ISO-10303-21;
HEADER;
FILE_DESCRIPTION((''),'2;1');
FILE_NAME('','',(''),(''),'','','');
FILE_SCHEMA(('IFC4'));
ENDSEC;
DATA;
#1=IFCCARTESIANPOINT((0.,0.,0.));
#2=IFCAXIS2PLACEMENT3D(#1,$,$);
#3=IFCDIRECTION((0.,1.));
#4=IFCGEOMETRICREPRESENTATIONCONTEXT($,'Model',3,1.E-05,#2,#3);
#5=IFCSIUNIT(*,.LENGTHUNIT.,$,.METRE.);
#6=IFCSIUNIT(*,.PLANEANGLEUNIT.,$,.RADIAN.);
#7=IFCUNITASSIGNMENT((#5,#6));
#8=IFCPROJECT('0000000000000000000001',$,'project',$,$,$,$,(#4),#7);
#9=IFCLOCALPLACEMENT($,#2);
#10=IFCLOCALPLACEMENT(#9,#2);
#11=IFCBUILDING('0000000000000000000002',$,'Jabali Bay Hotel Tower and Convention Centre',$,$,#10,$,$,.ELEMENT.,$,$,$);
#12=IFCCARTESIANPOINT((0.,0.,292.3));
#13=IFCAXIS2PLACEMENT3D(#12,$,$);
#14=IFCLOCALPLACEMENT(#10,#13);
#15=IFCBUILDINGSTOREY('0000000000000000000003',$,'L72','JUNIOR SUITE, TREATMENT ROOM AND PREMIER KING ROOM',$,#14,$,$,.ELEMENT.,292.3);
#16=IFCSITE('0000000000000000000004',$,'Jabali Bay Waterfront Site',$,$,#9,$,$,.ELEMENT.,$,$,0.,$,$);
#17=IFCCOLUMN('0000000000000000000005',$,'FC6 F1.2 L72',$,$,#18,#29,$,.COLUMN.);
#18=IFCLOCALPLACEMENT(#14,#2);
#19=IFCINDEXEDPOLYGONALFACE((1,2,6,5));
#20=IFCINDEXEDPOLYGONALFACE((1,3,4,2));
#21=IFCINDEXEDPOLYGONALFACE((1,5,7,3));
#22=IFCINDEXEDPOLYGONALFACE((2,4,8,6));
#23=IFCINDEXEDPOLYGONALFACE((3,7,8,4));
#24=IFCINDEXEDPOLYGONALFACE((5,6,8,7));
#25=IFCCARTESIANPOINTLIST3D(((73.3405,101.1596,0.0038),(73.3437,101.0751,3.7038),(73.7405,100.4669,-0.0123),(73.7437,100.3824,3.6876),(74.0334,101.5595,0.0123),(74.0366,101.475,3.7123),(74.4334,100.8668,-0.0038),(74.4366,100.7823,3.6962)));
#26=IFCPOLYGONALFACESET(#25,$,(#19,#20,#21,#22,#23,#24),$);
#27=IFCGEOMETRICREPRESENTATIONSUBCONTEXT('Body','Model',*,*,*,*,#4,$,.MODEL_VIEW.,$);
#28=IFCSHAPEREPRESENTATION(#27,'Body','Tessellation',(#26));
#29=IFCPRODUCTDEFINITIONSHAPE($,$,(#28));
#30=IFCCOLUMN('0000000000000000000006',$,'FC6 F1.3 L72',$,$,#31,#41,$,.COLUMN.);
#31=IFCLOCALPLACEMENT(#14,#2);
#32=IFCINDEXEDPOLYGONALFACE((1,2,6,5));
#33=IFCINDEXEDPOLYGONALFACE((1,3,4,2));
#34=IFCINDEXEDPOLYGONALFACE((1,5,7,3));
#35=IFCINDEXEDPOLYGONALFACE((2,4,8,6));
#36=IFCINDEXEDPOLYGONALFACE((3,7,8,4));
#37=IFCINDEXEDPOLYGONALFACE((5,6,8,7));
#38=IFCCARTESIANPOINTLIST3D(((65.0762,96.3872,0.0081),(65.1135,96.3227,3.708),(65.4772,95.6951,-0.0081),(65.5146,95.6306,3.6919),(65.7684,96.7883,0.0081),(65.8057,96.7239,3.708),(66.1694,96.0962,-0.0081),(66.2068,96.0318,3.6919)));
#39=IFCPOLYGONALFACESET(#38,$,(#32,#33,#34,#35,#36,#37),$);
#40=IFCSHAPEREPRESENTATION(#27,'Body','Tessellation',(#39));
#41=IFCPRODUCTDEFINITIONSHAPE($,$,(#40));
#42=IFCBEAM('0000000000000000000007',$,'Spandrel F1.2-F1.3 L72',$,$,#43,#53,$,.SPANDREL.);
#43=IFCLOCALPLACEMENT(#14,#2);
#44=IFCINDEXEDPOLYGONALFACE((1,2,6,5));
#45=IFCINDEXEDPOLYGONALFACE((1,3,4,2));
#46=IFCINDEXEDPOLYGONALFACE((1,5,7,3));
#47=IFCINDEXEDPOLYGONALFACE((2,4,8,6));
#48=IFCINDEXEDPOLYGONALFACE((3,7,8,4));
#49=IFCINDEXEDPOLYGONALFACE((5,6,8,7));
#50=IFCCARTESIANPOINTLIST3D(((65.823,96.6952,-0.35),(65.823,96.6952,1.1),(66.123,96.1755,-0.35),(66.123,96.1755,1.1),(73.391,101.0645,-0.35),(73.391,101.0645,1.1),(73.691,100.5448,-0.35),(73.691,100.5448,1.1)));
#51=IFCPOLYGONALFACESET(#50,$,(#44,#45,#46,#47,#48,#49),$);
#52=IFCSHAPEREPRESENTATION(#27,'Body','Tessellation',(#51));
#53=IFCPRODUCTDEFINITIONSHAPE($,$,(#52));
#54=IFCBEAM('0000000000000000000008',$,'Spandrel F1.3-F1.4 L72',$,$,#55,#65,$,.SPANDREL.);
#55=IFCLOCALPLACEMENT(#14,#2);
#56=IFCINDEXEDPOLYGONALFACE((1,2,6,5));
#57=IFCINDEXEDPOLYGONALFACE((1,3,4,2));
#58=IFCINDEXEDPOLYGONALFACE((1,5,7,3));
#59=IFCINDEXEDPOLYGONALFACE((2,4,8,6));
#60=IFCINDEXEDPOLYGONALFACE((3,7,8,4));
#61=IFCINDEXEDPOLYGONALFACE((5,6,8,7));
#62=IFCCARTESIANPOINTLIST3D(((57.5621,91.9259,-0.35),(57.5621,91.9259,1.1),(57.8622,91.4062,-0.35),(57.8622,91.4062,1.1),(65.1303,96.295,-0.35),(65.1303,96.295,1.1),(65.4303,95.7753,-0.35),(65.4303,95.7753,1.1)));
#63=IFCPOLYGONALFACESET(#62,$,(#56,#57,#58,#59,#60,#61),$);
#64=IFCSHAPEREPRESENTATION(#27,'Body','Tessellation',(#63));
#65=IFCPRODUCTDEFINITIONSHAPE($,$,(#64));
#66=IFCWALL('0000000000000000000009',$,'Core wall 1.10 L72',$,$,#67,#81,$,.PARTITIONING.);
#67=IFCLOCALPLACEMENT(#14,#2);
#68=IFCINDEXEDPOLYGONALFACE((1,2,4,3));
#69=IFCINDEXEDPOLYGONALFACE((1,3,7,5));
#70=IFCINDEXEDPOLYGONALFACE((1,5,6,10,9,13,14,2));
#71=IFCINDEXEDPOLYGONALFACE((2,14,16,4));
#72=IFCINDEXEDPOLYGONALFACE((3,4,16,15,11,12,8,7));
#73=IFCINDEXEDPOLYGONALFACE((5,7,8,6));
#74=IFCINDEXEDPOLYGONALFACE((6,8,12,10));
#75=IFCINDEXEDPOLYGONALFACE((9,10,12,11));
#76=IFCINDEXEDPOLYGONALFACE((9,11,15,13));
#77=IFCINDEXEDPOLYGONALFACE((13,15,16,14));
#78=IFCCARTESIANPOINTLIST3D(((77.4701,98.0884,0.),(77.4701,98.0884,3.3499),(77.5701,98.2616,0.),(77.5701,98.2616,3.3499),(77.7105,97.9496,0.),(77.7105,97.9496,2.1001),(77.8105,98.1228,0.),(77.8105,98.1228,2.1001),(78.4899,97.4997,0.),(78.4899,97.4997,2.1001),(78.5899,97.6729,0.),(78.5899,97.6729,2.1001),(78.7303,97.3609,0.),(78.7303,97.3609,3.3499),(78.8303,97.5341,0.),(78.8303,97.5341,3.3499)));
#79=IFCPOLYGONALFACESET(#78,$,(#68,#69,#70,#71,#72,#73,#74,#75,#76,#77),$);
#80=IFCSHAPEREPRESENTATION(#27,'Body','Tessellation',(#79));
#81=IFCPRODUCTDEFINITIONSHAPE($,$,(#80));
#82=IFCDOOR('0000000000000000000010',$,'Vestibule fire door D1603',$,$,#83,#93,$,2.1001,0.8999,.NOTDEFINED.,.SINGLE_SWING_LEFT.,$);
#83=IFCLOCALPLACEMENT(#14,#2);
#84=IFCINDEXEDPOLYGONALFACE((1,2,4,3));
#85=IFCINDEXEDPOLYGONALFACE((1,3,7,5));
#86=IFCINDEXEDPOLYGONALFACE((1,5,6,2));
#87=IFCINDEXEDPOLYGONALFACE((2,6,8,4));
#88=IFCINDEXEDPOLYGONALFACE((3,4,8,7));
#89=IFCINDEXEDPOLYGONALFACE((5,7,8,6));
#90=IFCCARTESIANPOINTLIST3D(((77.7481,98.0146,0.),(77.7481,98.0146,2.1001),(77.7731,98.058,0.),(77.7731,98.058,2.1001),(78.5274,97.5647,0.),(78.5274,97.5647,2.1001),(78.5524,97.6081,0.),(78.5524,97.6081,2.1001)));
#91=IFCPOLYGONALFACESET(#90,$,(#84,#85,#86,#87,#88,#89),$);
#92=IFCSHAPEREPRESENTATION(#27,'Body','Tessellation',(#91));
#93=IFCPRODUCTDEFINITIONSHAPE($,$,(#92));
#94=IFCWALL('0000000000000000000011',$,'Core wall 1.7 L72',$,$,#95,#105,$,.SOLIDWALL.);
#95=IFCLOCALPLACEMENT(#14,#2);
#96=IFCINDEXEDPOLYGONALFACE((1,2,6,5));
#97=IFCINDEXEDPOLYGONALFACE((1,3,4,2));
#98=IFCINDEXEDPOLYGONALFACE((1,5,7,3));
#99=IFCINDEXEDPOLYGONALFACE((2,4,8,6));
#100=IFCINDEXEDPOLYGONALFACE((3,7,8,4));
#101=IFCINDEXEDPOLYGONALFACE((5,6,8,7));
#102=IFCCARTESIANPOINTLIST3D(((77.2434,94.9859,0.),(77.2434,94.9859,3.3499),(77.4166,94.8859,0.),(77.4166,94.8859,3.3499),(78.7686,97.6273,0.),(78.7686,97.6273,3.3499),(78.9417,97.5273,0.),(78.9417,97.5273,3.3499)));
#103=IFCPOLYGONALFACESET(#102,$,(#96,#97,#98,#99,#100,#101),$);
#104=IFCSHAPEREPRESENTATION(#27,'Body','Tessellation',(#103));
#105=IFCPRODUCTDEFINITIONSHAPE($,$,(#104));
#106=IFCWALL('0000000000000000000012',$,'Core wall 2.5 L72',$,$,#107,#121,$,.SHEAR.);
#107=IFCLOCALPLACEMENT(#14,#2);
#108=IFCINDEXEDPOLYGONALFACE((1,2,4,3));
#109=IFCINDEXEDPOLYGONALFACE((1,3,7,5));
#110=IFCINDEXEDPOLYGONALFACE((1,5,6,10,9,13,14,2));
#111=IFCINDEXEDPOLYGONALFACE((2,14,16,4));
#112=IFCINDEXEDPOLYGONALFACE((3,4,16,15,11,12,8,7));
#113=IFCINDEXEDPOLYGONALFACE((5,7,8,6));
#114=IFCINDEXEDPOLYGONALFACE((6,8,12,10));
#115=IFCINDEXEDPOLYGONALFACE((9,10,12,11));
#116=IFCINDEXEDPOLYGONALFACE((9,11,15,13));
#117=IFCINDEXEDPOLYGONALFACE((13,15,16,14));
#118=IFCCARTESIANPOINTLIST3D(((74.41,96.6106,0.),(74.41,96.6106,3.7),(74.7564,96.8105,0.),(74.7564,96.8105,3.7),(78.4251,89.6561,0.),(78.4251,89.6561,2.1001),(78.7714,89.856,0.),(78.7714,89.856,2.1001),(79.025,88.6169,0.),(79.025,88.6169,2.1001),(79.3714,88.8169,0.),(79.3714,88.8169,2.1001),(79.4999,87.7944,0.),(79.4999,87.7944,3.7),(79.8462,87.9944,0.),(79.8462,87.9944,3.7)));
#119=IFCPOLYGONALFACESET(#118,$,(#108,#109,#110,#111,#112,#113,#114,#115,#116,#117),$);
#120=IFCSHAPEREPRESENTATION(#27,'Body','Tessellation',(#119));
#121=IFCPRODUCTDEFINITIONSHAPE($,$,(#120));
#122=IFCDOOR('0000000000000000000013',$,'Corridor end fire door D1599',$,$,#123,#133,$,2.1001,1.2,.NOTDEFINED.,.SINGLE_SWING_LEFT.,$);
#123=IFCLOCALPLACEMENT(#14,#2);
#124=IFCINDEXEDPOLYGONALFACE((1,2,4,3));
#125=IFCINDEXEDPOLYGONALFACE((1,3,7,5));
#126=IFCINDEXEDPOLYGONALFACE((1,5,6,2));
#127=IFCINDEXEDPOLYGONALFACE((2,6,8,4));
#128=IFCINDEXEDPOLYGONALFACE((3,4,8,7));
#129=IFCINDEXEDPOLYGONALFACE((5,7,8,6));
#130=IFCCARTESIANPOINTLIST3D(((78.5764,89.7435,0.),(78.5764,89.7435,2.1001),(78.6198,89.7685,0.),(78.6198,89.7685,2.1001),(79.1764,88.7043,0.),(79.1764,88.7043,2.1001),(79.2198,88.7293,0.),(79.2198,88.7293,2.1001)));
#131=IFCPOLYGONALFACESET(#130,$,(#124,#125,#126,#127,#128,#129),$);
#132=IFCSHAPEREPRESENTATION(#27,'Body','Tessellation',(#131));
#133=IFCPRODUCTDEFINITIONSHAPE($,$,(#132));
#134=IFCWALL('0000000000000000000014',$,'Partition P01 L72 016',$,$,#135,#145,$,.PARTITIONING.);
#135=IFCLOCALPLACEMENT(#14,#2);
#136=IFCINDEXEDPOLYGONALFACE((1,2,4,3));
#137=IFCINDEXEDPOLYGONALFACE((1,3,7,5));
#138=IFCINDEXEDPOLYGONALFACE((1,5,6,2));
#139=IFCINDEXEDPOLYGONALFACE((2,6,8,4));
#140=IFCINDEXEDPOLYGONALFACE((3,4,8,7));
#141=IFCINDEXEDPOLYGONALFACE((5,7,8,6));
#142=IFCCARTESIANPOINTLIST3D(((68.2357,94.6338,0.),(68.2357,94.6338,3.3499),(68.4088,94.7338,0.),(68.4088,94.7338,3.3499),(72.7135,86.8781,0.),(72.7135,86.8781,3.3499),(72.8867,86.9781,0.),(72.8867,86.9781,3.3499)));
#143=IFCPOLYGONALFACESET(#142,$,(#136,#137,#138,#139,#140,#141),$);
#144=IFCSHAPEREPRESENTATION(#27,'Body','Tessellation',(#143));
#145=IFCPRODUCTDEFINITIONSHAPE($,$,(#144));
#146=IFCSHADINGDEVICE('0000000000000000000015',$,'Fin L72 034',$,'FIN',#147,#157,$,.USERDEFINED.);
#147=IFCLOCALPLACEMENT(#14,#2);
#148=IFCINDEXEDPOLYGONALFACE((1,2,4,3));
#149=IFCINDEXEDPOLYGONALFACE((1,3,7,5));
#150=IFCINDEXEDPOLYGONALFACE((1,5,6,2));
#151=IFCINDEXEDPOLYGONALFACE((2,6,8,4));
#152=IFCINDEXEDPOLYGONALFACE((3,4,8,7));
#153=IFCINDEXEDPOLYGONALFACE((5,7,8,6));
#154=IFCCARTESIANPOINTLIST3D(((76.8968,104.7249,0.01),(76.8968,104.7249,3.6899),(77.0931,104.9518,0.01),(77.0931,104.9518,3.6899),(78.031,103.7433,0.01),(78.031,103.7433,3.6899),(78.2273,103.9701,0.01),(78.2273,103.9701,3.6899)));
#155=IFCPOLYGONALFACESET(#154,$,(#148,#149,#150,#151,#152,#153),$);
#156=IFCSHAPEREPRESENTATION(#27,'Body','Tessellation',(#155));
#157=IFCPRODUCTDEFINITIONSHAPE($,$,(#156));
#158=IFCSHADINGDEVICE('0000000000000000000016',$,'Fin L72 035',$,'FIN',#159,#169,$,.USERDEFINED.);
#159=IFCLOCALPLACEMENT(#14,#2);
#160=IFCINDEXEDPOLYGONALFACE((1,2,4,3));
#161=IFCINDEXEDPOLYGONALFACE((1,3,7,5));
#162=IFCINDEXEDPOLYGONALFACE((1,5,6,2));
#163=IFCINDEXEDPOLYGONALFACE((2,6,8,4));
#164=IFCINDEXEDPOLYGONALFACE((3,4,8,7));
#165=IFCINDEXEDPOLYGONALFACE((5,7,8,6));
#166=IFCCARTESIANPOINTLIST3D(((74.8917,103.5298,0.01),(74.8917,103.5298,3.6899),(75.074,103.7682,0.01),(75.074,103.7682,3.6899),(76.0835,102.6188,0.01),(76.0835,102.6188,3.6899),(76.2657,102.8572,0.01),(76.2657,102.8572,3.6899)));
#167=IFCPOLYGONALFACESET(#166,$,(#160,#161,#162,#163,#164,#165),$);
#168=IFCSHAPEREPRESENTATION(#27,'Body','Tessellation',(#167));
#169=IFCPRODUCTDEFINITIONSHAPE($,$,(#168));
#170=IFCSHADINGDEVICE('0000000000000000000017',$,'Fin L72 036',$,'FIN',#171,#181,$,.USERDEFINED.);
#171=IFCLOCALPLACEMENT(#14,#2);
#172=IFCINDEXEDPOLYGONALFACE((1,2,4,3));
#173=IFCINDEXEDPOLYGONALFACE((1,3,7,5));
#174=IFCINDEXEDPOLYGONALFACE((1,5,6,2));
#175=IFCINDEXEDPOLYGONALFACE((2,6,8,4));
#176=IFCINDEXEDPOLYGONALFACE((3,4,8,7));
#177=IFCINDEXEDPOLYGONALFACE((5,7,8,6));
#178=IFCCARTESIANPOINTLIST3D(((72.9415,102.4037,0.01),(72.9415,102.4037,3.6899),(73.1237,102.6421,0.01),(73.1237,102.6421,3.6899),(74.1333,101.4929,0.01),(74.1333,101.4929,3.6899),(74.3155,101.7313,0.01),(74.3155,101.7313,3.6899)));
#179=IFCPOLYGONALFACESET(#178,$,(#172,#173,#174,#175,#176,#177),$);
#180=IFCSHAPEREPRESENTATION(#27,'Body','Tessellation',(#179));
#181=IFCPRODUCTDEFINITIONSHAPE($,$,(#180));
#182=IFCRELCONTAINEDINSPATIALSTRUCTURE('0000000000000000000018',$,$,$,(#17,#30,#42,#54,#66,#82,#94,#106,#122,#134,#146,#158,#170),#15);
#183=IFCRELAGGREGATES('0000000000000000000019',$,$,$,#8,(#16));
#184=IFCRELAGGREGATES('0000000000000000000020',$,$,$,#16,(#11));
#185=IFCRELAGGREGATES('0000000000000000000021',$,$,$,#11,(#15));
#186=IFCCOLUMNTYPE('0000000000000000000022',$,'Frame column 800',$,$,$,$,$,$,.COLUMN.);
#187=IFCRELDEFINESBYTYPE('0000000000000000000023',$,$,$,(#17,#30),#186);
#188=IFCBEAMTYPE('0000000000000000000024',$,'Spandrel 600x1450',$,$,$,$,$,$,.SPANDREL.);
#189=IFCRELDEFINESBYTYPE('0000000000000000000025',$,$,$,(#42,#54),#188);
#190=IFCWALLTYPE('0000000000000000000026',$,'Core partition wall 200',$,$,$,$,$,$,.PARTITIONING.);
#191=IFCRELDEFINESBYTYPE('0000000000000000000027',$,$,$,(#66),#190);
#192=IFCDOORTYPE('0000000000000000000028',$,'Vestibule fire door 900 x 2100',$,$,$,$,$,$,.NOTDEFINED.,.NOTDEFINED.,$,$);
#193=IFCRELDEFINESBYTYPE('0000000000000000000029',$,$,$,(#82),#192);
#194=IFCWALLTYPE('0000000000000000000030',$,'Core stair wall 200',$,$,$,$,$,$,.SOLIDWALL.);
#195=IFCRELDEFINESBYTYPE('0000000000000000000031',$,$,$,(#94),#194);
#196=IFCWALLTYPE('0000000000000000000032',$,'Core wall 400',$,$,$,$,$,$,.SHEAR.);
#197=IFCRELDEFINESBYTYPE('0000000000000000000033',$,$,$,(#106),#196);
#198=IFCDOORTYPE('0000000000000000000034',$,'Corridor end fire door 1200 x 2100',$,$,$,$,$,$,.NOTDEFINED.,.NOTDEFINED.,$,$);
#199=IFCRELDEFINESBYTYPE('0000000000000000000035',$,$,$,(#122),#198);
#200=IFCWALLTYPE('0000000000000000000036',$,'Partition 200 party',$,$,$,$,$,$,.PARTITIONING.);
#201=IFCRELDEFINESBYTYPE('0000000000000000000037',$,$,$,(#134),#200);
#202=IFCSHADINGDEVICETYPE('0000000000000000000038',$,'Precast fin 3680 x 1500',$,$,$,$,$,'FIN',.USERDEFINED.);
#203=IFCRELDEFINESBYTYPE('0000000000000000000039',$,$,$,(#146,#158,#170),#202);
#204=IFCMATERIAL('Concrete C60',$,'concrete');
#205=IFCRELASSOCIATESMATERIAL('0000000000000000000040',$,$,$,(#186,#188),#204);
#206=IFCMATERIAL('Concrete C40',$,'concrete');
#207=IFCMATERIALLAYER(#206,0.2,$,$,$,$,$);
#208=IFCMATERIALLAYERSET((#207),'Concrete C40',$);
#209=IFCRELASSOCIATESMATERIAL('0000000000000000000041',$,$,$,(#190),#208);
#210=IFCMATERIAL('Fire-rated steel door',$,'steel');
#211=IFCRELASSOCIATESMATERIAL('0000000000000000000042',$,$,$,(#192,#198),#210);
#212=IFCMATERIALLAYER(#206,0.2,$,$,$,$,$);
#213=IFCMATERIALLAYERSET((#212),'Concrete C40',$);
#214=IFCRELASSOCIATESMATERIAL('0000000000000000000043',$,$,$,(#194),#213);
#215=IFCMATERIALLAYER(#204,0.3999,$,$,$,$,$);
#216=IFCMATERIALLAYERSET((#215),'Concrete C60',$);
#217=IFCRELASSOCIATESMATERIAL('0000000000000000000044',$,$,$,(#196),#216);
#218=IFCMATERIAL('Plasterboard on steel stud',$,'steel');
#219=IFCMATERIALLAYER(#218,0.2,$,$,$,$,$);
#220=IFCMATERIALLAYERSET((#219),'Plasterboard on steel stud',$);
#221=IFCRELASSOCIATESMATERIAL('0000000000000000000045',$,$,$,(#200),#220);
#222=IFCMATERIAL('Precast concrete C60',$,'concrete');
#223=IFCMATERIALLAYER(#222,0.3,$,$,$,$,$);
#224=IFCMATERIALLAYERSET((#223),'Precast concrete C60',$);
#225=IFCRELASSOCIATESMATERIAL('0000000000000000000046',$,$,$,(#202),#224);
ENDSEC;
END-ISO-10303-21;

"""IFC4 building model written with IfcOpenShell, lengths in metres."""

from ifc_helpers import new_model, si_unit, direction, frame, frame_2d, origin, origin_2d, place, context, subcontext, project, spatial, rectangle, extrude, material, layer, layer_set, material_profile, profile_set, type_object, element, fill, save


model = new_model("IFC4")

# Units and contexts
model_context = context("Model", 3, precision=1e-05, world=origin(), true_north=direction((0.0, 1.0)))
body_context = subcontext(model_context, "Body", "Model", "MODEL_VIEW")
ifc_project = project(units=[si_unit("LENGTHUNIT", "METRE"), si_unit("PLANEANGLEUNIT", "RADIAN")], contexts=[model_context])

# Site, building, storey
site_placement = place(None, origin())
site = spatial("IfcSite", under=ifc_project, at=site_placement, Name="Jabali Bay Waterfront Site", CompositionType="ELEMENT", RefElevation=0.0)
building_placement = place(site_placement, origin())
building = spatial("IfcBuilding", under=site, at=building_placement, Name="Jabali Bay Hotel Tower and Convention Centre", CompositionType="ELEMENT")
storey_placement = place(building_placement, frame((0.0, 0.0, 292.3)))
storey = spatial("IfcBuildingStorey", under=building, at=storey_placement, Name="L72", Description="JUNIOR SUITE, TREATMENT ROOM AND PREMIER KING ROOM", CompositionType="ELEMENT", Elevation=292.3)

# Columns
ifc_material_1 = material(Name="Concrete C60", Category="concrete")
ifc_material_profile_1 = material_profile(ifc_material_1, rectangle(XDim=0.8, YDim=0.8, at=origin_2d()), Name="Frame column 800")
ifc_profile_set_1 = profile_set([ifc_material_profile_1], Name="Concrete C60")
column_type = type_object("IfcColumnType", Name="Frame column 800", PredefinedType="COLUMN", material=ifc_profile_set_1)
column_1_placement = place(storey_placement, frame((73.887, 101.0132, 0.0), z_axis=(0.000858, -0.022825, 0.999739), x_axis=(0.866055, 0.499836, 0.010669)))
element("IfcColumn", 1, at=column_1_placement, inside=storey, type_object=column_type, Name="FC6 F1.2 L72", PredefinedType="COLUMN", context=body_context, shape_type="SweptSolid", body=[
    extrude(rectangle(XDim=0.8, YDim=0.8, at=origin_2d()), origin(), (0.0, 0.0, 1.0), 3.7009),
])
column_2_placement = place(storey_placement, frame((65.6228, 96.2417, 0.0), z_axis=(0.010094, -0.017416, 0.999797), x_axis=(-0.50131, 0.865034, 0.02013)))
element("IfcColumn", 2, at=column_2_placement, inside=storey, type_object=column_type, Name="FC6 F1.3 L72", PredefinedType="COLUMN", context=body_context, shape_type="SweptSolid", body=[
    extrude(rectangle(XDim=0.8, YDim=0.8, at=origin_2d()), origin(), (0.0, 0.0, 1.0), 3.7007),
])

# Beams
ifc_material_profile_2 = material_profile(ifc_material_1, rectangle(XDim=0.6001, YDim=1.45, at=origin_2d()), Name="Spandrel 600x1450")
ifc_profile_set_2 = profile_set([ifc_material_profile_2], Name="Concrete C60")
beam_type = type_object("IfcBeamType", Name="Spandrel 600x1450", PredefinedType="SPANDREL", material=ifc_profile_set_2)
for number, where, z_axis, x_axis, name in (
    (3, (73.541, 100.8047, 0.375), (-0.866029, -0.499994, 0.0), (0.499994, -0.866029, 0.0), "Spandrel F1.2-F1.3 L72"),
    (4, (65.2803, 96.0352, 0.375), (-0.866041, -0.499973, 0.0), (0.499973, -0.866041, 0.0), "Spandrel F1.3-F1.4 L72"),
):
    element("IfcBeam", number, at=place(storey_placement, frame(where, z_axis=z_axis, x_axis=x_axis)), inside=storey, type_object=beam_type, Name=name, PredefinedType="SPANDREL", context=body_context, shape_type="SweptSolid", body=[
        extrude(rectangle(XDim=0.6001, YDim=1.45, at=origin_2d()), origin(), (0.0, 0.0, 1.0), 8.7388),
    ])

# Wall, opening, door
ifc_material_2 = material(Name="Concrete C40", Category="concrete")
ifc_layer_1 = layer(ifc_material_2, 0.2)
ifc_layer_set_1 = layer_set([ifc_layer_1], Name="Concrete C40")
wall_type_1 = type_object("IfcWallType", Name="Core partition wall 200", PredefinedType="PARTITIONING", material=ifc_layer_set_1)
wall_1_placement = place(storey_placement, frame((78.7803, 97.4475, 0.0), z_axis=(0.0, 0.0, 1.0), x_axis=(-0.866046, 0.499965, 0.0)))
wall_1 = element("IfcWall", 5, at=wall_1_placement, inside=storey, type_object=wall_type_1, Name="Core wall 1.10 L72", PredefinedType="PARTITIONING", context=body_context, shape_type="SweptSolid", body=[
    extrude(rectangle(XDim=1.4551, YDim=0.2, at=frame_2d((0.7275, 0.0))), origin(), (0.0, 0.0, 1.0), 3.3499),
])
opening_1_placement = place(wall_1_placement, frame((0.2776, 0.0, 0.0)))
opening_1 = element("IfcOpeningElement", 6, at=opening_1_placement, cuts=wall_1, PredefinedType="OPENING", context=body_context, shape_type="SweptSolid", body=[
    extrude(rectangle(XDim=0.8999, YDim=2.1001, at=frame_2d((0.45, 1.05))), frame((0.0, 0.1104, 0.0), z_axis=(0.0, -1.0, 0.0), x_axis=(1.0, 0.0, 0.0)), (0.0, 0.0, 1.0), 0.2209),
])
ifc_material_3 = material(Name="Fire-rated steel door", Category="steel")
door_type_1 = type_object("IfcDoorType", Name="Vestibule fire door 900 x 2100", OperationType="NOTDEFINED", PredefinedType="NOTDEFINED", material=ifc_material_3)
door_1_placement = place(opening_1_placement, origin())
door_1 = element("IfcDoor", 7, at=door_1_placement, inside=storey, type_object=door_type_1, Name="Vestibule fire door D1603", OperationType="SINGLE_SWING_LEFT", OverallHeight=2.1001, OverallWidth=0.8999, PredefinedType="NOTDEFINED", context=body_context, shape_type="SweptSolid", body=[
    extrude(rectangle(XDim=0.8999, YDim=2.1001, at=frame_2d((0.45, 1.05))), frame((0.0, 0.0249, 0.0), z_axis=(0.0, -1.0, 0.0), x_axis=(1.0, 0.0, 0.0)), (0.0, 0.0, 1.0), 0.05),
])
fill(opening_1, door_1)

# Wall
ifc_layer_2 = layer(ifc_material_2, 0.2)
ifc_layer_set_2 = layer_set([ifc_layer_2], Name="Concrete C40")
wall_type_2 = type_object("IfcWallType", Name="Core stair wall 200", PredefinedType="SOLIDWALL", material=ifc_layer_set_2)
wall_2_placement = place(storey_placement, frame((77.3301, 94.936, 0.0), z_axis=(0.0, 0.0, 1.0), x_axis=(0.500039, 0.866003, 0.0)))
element("IfcWall", 8, at=wall_2_placement, inside=storey, type_object=wall_type_2, Name="Core wall 1.7 L72", PredefinedType="SOLIDWALL", context=body_context, shape_type="SweptSolid", body=[
    extrude(rectangle(XDim=3.05, YDim=0.2, at=frame_2d((1.5249, 0.0))), origin(), (0.0, 0.0, 1.0), 3.3499),
])

# Wall, opening, door
ifc_layer_3 = layer(ifc_material_1, 0.3999)
ifc_layer_set_3 = layer_set([ifc_layer_3], Name="Concrete C60")
wall_type_3 = type_object("IfcWallType", Name="Core wall 400", PredefinedType="SHEAR", material=ifc_layer_set_3)
wall_3_placement = place(storey_placement, frame((74.5833, 96.7104, 0.0), z_axis=(0.0, 0.0, 1.0), x_axis=(0.499987, -0.866033, 0.0)))
wall_3 = element("IfcWall", 9, at=wall_3_placement, inside=storey, type_object=wall_type_3, Name="Core wall 2.5 L72", PredefinedType="SHEAR", context=body_context, shape_type="SweptSolid", body=[
    extrude(rectangle(XDim=10.1799, YDim=0.3999, at=frame_2d((5.0898, 0.0))), origin(), (0.0, 0.0, 1.0), 3.7),
])
opening_2_placement = place(wall_3_placement, frame((8.03, 0.0, 0.0)))
opening_2 = element("IfcOpeningElement", 10, at=opening_2_placement, cuts=wall_3, PredefinedType="OPENING", context=body_context, shape_type="SweptSolid", body=[
    extrude(rectangle(XDim=1.2, YDim=2.1001, at=frame_2d((0.6001, 1.05))), frame((0.0, 0.2104, 0.0), z_axis=(0.0, -1.0, 0.0), x_axis=(1.0, 0.0, 0.0)), (0.0, 0.0, 1.0), 0.4209),
])
door_type_2 = type_object("IfcDoorType", Name="Corridor end fire door 1200 x 2100", OperationType="NOTDEFINED", PredefinedType="NOTDEFINED", material=ifc_material_3)
door_2_placement = place(opening_2_placement, origin())
door_2 = element("IfcDoor", 11, at=door_2_placement, inside=storey, type_object=door_type_2, Name="Corridor end fire door D1599", OperationType="SINGLE_SWING_LEFT", OverallHeight=2.1001, OverallWidth=1.2, PredefinedType="NOTDEFINED", context=body_context, shape_type="SweptSolid", body=[
    extrude(rectangle(XDim=1.2, YDim=2.1001, at=frame_2d((0.6001, 1.05))), frame((0.0, 0.0249, 0.0), z_axis=(0.0, -1.0, 0.0), x_axis=(1.0, 0.0, 0.0)), (0.0, 0.0, 1.0), 0.05),
])
fill(opening_2, door_2)

# Wall
ifc_material_4 = material(Name="Plasterboard on steel stud", Category="steel")
ifc_layer_4 = layer(ifc_material_4, 0.2)
ifc_layer_set_4 = layer_set([ifc_layer_4], Name="Plasterboard on steel stud")
wall_type_4 = type_object("IfcWallType", Name="Partition 200 party", PredefinedType="PARTITIONING", material=ifc_layer_set_4)
wall_4_placement = place(storey_placement, frame((68.3223, 94.6838, 0.0), z_axis=(0.0, 0.0, 1.0), x_axis=(0.500006, -0.866022, 0.0)))
element("IfcWall", 12, at=wall_4_placement, inside=storey, type_object=wall_type_4, Name="Partition P01 L72 016", PredefinedType="PARTITIONING", context=body_context, shape_type="SweptSolid", body=[
    extrude(rectangle(XDim=8.9556, YDim=0.2, at=frame_2d((4.4778, 0.0))), origin(), (0.0, 0.0, 1.0), 3.3499),
])

# Shading devices
ifc_material_5 = material(Name="Precast concrete C60", Category="concrete")
ifc_layer_5 = layer(ifc_material_5, 0.3)
ifc_layer_set_5 = layer_set([ifc_layer_5], Name="Precast concrete C60")
shading_device_type = type_object("IfcShadingDeviceType", Name="Precast fin 3680 x 1500", ElementType="FIN", PredefinedType="USERDEFINED", material=ifc_layer_set_5)
for number, where, z_axis, x_axis, name in (
    (13, (78.1292, 103.8567, 0.01), (0.0, 0.0, 1.0), (-0.756135, 0.654416, 0.0), "Fin L72 034"),
    (14, (76.1746, 102.738, 0.01), (0.0, 0.0, 1.0), (-0.794478, 0.607293, 0.0), "Fin L72 035"),
    (15, (74.2244, 101.6121, 0.01), (0.0, 0.0, 1.0), (-0.794538, 0.607214, 0.0), "Fin L72 036"),
):
    element("IfcShadingDevice", number, at=place(storey_placement, frame(where, z_axis=z_axis, x_axis=x_axis)), inside=storey, type_object=shading_device_type, Name=name, ObjectType="FIN", PredefinedType="USERDEFINED", context=body_context, shape_type="SweptSolid", body=[
        extrude(rectangle(XDim=1.5, YDim=0.3, at=frame_2d((0.75, 0.0))), origin(), (0.0, 0.0, 1.0), 3.6799),
    ])

save(model, "model.ifc")
